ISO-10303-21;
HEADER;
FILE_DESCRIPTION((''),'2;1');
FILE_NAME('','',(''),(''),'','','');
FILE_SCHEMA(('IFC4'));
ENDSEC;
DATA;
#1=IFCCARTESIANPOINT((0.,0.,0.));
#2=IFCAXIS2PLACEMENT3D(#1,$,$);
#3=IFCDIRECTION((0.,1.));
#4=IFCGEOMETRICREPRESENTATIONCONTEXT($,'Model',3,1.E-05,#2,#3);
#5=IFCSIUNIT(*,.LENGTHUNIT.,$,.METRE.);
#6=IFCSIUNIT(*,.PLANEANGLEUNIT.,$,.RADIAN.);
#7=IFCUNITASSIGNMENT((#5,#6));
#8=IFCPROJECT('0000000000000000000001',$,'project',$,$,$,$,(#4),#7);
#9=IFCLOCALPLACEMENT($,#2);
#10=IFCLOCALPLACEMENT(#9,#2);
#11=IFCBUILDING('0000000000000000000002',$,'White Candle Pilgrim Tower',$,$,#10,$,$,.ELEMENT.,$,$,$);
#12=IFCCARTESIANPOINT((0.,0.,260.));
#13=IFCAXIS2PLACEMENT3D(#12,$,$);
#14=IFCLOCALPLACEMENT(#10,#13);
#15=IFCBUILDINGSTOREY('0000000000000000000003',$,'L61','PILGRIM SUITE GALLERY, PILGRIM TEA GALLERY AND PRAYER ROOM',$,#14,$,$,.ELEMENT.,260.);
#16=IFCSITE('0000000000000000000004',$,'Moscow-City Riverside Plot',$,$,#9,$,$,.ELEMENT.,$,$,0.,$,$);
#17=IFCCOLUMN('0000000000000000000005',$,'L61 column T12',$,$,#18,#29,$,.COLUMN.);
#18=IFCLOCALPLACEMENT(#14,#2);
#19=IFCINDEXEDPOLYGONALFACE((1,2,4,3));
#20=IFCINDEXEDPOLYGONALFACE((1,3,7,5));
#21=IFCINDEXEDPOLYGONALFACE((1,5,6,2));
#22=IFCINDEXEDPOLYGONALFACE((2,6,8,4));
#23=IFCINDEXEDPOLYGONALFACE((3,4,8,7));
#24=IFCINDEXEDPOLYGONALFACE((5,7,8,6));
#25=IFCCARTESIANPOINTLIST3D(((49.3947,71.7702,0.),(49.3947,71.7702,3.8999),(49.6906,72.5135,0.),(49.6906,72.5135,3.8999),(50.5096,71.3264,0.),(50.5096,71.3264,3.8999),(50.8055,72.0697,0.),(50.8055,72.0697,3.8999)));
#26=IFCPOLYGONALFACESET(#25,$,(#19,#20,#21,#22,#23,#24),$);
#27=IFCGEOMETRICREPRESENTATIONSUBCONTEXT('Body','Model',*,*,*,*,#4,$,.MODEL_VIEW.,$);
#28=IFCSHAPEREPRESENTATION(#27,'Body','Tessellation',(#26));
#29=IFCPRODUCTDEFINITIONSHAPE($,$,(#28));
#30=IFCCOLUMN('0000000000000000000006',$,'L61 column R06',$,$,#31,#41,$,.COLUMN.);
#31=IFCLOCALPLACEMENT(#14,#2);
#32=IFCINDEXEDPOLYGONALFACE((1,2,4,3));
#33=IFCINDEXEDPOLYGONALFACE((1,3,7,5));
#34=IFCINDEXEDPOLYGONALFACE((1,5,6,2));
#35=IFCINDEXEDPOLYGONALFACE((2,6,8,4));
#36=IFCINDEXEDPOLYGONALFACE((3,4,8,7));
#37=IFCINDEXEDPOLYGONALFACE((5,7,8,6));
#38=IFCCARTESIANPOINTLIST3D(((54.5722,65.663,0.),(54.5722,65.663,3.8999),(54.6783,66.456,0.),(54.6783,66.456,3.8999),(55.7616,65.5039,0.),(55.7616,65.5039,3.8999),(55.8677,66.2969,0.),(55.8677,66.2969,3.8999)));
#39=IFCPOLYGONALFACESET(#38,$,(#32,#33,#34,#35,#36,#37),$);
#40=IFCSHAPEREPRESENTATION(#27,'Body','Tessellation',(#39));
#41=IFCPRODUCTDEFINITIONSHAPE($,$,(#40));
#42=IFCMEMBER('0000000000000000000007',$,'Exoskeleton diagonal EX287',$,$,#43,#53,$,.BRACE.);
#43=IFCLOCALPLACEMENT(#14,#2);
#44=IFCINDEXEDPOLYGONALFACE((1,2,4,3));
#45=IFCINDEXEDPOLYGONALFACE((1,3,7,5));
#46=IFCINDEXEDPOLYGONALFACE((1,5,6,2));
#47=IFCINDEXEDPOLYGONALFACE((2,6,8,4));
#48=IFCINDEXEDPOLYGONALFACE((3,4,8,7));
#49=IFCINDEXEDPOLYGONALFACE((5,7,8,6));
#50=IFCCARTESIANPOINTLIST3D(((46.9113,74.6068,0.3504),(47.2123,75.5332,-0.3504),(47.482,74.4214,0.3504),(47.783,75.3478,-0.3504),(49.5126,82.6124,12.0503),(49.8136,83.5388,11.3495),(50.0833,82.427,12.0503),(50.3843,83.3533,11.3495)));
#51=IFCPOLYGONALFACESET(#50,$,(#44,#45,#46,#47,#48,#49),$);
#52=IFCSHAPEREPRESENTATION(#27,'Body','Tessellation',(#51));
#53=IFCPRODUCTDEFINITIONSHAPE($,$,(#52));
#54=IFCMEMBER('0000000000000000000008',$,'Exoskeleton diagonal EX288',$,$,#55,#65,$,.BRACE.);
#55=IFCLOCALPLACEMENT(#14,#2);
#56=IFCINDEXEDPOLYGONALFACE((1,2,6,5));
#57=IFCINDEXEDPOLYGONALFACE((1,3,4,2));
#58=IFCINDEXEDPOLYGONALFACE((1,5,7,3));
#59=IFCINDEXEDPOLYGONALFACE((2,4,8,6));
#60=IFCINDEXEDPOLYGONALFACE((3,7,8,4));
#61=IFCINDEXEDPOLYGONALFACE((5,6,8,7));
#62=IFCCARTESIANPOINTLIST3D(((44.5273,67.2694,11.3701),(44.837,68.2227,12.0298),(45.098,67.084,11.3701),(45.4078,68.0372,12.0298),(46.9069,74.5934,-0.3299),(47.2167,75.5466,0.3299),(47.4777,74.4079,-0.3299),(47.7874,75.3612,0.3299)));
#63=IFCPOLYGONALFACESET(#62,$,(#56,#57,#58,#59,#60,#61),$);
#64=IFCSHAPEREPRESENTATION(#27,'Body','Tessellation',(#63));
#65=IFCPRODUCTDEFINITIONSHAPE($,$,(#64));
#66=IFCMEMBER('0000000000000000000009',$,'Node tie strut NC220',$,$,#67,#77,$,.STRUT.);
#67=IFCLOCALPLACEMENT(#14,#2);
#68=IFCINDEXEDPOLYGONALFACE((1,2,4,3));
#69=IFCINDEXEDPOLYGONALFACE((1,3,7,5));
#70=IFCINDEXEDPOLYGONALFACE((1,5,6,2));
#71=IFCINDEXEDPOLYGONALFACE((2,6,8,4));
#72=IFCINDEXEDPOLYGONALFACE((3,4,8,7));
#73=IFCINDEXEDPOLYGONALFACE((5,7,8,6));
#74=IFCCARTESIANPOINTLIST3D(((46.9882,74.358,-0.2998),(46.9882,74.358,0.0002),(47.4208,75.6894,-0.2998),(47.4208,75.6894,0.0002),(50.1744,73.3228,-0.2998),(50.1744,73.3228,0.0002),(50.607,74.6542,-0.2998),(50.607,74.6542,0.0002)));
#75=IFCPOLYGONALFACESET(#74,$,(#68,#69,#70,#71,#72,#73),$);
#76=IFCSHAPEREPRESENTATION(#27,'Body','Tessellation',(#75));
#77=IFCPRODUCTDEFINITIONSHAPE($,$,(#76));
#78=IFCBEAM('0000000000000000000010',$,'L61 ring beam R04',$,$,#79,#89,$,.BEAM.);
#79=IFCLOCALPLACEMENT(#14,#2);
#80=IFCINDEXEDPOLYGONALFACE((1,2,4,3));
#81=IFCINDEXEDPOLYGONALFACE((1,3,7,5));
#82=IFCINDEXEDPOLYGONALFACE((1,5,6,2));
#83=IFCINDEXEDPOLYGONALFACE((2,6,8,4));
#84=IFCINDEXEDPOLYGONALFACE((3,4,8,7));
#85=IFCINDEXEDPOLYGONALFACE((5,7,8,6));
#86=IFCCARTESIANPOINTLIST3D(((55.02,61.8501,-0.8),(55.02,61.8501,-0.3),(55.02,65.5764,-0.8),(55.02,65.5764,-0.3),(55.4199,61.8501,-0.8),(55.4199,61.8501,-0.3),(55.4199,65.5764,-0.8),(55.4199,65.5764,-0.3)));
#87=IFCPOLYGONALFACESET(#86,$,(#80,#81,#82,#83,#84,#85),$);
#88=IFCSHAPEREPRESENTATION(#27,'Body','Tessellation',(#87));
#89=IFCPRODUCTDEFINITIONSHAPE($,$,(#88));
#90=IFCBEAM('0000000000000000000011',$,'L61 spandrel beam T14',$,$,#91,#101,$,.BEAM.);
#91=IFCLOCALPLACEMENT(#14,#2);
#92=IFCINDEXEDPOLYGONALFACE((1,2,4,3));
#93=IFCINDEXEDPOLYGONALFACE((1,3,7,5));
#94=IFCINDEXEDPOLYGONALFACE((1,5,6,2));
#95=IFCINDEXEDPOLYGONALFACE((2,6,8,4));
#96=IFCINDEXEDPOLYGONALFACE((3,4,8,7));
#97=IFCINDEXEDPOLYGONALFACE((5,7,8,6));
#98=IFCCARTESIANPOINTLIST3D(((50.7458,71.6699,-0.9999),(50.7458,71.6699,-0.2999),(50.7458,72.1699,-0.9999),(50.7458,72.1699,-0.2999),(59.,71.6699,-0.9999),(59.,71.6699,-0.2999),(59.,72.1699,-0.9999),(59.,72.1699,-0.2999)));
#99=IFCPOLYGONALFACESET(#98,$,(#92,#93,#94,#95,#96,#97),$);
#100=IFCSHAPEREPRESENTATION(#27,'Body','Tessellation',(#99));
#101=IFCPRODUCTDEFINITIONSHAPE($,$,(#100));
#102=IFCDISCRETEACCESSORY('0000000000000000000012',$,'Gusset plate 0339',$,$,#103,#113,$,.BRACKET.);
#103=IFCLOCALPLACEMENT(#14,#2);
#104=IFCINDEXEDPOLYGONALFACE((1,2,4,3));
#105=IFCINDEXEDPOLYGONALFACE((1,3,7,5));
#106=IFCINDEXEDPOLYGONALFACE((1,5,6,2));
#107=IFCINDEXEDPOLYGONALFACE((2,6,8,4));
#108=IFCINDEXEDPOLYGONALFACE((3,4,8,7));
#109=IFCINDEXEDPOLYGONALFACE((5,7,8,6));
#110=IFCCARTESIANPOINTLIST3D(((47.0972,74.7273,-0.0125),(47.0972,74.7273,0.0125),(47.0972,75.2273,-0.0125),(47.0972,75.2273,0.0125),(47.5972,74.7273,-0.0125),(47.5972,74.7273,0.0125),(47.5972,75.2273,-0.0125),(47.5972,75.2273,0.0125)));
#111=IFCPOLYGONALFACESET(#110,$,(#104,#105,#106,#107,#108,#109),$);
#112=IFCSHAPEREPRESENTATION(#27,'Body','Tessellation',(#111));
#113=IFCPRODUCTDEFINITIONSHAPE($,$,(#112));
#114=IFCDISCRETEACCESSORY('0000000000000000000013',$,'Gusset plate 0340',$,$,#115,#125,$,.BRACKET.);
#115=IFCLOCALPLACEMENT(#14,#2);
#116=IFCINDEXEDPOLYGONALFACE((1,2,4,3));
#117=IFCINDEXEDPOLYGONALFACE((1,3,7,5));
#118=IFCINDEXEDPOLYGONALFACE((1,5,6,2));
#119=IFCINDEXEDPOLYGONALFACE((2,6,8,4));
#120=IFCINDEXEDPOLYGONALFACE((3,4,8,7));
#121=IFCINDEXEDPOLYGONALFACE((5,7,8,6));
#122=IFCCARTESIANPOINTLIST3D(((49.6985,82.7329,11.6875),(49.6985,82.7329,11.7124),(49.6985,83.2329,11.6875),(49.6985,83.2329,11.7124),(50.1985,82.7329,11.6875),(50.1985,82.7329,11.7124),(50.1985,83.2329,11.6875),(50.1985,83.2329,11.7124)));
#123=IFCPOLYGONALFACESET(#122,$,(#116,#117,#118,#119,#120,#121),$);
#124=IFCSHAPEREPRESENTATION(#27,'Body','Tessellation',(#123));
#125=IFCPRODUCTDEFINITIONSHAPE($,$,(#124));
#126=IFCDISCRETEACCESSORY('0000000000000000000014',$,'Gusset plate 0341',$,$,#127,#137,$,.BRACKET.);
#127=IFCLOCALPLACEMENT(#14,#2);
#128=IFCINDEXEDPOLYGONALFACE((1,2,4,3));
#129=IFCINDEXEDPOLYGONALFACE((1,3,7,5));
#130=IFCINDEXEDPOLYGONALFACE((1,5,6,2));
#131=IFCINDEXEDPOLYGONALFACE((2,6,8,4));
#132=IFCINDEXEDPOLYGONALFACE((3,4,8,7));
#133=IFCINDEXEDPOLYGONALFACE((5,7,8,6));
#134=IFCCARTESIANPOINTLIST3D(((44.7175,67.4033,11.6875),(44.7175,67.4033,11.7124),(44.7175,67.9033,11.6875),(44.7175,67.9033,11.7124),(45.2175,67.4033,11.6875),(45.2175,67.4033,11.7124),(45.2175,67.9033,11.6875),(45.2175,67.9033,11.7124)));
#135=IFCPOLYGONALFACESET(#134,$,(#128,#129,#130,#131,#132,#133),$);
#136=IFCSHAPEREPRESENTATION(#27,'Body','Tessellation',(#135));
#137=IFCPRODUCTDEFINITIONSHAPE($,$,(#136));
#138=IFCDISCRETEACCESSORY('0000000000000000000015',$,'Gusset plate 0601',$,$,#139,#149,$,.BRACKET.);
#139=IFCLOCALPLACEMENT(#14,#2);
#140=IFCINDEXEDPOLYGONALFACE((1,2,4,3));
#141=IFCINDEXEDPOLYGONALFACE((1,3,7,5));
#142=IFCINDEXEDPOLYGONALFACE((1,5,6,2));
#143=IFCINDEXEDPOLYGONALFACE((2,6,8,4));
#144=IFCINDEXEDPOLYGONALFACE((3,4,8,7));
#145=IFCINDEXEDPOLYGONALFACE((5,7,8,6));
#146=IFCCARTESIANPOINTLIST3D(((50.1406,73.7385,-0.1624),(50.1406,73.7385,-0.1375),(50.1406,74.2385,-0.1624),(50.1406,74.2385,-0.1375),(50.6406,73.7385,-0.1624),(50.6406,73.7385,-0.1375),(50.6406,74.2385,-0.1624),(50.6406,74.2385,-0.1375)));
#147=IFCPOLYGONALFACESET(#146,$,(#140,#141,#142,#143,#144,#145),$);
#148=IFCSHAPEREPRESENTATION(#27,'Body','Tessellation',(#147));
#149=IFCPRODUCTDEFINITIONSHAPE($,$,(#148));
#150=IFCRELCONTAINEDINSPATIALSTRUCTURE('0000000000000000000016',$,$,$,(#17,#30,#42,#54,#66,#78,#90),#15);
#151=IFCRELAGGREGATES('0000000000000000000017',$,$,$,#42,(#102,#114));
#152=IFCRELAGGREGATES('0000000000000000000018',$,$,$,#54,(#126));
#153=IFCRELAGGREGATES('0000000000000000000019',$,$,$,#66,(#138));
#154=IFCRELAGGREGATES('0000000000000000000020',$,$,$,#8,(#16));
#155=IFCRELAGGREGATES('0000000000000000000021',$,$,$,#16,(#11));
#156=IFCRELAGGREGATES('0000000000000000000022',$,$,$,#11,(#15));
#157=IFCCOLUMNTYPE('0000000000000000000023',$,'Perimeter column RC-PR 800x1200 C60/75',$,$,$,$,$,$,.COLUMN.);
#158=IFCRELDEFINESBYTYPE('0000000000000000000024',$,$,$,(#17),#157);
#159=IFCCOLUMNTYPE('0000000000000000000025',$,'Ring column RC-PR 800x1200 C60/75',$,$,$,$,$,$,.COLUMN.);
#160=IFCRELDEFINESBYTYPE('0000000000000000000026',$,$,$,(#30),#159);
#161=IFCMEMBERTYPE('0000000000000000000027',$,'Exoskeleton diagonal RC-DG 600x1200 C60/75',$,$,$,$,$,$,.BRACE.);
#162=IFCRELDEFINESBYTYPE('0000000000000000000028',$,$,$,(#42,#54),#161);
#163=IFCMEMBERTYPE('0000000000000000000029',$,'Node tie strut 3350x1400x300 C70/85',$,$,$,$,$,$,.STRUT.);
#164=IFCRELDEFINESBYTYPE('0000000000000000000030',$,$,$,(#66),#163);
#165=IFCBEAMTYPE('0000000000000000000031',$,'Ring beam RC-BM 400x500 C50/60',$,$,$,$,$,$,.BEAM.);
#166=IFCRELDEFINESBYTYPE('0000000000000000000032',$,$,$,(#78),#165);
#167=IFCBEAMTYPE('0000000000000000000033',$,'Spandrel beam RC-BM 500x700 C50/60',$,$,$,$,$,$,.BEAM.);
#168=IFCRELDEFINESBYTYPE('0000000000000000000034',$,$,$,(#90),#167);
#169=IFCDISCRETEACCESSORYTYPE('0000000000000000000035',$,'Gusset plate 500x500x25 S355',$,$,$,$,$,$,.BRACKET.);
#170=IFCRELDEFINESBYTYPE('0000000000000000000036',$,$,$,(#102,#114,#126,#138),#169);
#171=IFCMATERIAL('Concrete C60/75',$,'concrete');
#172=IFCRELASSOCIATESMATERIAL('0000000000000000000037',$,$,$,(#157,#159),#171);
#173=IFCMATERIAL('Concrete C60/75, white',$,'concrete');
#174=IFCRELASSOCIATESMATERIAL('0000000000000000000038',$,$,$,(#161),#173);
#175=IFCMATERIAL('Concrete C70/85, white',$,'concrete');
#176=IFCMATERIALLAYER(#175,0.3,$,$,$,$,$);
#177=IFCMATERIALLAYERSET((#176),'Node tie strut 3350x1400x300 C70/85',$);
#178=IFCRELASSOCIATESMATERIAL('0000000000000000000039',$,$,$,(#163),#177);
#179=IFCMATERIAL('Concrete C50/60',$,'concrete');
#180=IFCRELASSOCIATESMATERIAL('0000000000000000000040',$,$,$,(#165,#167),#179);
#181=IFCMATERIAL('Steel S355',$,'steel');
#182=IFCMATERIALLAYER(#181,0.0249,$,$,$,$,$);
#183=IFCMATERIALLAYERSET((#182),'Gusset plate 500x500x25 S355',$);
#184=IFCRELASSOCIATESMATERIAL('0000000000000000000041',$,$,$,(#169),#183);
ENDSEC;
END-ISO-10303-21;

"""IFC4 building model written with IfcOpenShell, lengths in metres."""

from ifc_helpers import new_model, si_unit, direction, frame, origin, origin_2d, place, context, subcontext, project, spatial, rectangle, extrude, material, layer, layer_set, material_profile, profile_set, type_object, element, aggregate, save


model = new_model("IFC4")

# Units and contexts
model_context = context("Model", 3, precision=1e-05, world=origin(), true_north=direction((0.0, 1.0)))
body_context = subcontext(model_context, "Body", "Model", "MODEL_VIEW")
ifc_project = project(units=[si_unit("LENGTHUNIT", "METRE"), si_unit("PLANEANGLEUNIT", "RADIAN")], contexts=[model_context])

# Site, building, storey
site_placement = place(None, origin())
site = spatial("IfcSite", under=ifc_project, at=site_placement, Name="Moscow-City Riverside Plot", CompositionType="ELEMENT", RefElevation=0.0)
building_placement = place(site_placement, origin())
building = spatial("IfcBuilding", under=site, at=building_placement, Name="White Candle Pilgrim Tower", CompositionType="ELEMENT")
storey_placement = place(building_placement, frame((0.0, 0.0, 260.0)))
storey = spatial("IfcBuildingStorey", under=building, at=storey_placement, Name="L61", Description="PILGRIM SUITE GALLERY, PILGRIM TEA GALLERY AND PRAYER ROOM", CompositionType="ELEMENT", Elevation=260.0)

# Columns
ifc_material_1 = material(Name="Concrete C60/75", Category="concrete")
ifc_material_profile_1 = material_profile(ifc_material_1, rectangle(XDim=0.8, YDim=1.2, at=origin_2d()), Name="RC-PR 800x1200")
ifc_profile_set_1 = profile_set([ifc_material_profile_1], Name="Concrete C60/75")
column_type_1 = type_object("IfcColumnType", Name="Perimeter column RC-PR 800x1200 C60/75", PredefinedType="COLUMN", material=ifc_profile_set_1)
column_1_placement = place(storey_placement, frame((50.1001, 71.9199, 0.0), z_axis=(0.0, 0.0, 1.0), x_axis=(0.36986, 0.929087, 0.0)))
element("IfcColumn", 1, at=column_1_placement, inside=storey, type_object=column_type_1, Name="L61 column T12", PredefinedType="COLUMN", context=body_context, shape_type="SweptSolid", body=[
    extrude(rectangle(XDim=0.8, YDim=1.2, at=origin_2d()), origin(), (0.0, 0.0, 1.0), 3.8999),
])
ifc_material_profile_2 = material_profile(ifc_material_1, rectangle(XDim=0.8, YDim=1.2, at=origin_2d()), Name="RC-PR 800x1200")
ifc_profile_set_2 = profile_set([ifc_material_profile_2], Name="Concrete C60/75")
column_type_2 = type_object("IfcColumnType", Name="Ring column RC-PR 800x1200 C60/75", PredefinedType="COLUMN", material=ifc_profile_set_2)
column_2_placement = place(storey_placement, frame((55.22, 65.98, 0.0), z_axis=(0.0, 0.0, 1.0), x_axis=(0.132602, 0.991169, 0.0)))
element("IfcColumn", 2, at=column_2_placement, inside=storey, type_object=column_type_2, Name="L61 column R06", PredefinedType="COLUMN", context=body_context, shape_type="SweptSolid", body=[
    extrude(rectangle(XDim=0.8, YDim=1.2, at=origin_2d()), origin(), (0.0, 0.0, 1.0), 3.8999),
])

# Members
ifc_material_2 = material(Name="Concrete C60/75, white", Category="concrete")
ifc_material_profile_3 = material_profile(ifc_material_2, rectangle(XDim=0.6001, YDim=1.2, at=origin_2d()), Name="RC-DG 600x1200")
ifc_profile_set_3 = profile_set([ifc_material_profile_3], Name="Concrete C60/75, white")
member_type_1 = type_object("IfcMemberType", Name="Exoskeleton diagonal RC-DG 600x1200 C60/75", PredefinedType="BRACE", material=ifc_profile_set_3)
member_1_placement = place(storey_placement, frame((47.3472, 74.9773, 0.0), z_axis=(0.180479, 0.555429, 0.811742), x_axis=(-0.951052, 0.309032, 0.0)))
member_1 = element("IfcMember", 3, at=member_1_placement, inside=storey, type_object=member_type_1, Name="Exoskeleton diagonal EX287", PredefinedType="BRACE", context=body_context, shape_type="SweptSolid", body=[
    extrude(rectangle(XDim=0.6001, YDim=1.2, at=origin_2d()), origin(), (0.0, 0.0, 1.0), 14.4133),
])
member_2_placement = place(storey_placement, frame((47.3472, 74.9773, 0.0), z_axis=(-0.169891, -0.522885, 0.835301), x_axis=(0.951059, -0.309009, 0.0)))
member_2 = element("IfcMember", 4, at=member_2_placement, inside=storey, type_object=member_type_1, Name="Exoskeleton diagonal EX288", PredefinedType="BRACE", context=body_context, shape_type="SweptSolid", body=[
    extrude(rectangle(XDim=0.6001, YDim=1.2, at=origin_2d()), origin(), (0.0, 0.0, 1.0), 14.0068),
])
ifc_material_3 = material(Name="Concrete C70/85, white", Category="concrete")
ifc_layer_1 = layer(ifc_material_3, 0.3)
ifc_layer_set_1 = layer_set([ifc_layer_1], Name="Node tie strut 3350x1400x300 C70/85")
member_type_2 = type_object("IfcMemberType", Name="Node tie strut 3350x1400x300 C70/85", PredefinedType="STRUT", material=ifc_layer_set_1)
member_3_placement = place(storey_placement, frame((48.7976, 74.5061, -0.2998), z_axis=(0.0, 0.0, 1.0), x_axis=(-0.309017, -0.951057, 0.0)))
member_3 = element("IfcMember", 5, at=member_3_placement, inside=storey, type_object=member_type_2, Name="Node tie strut NC220", PredefinedType="STRUT", context=body_context, shape_type="SweptSolid", body=[
    extrude(rectangle(XDim=1.3999, YDim=3.3501, at=origin_2d()), origin(), (0.0, 0.0, 1.0), 0.3),
])

# Beams
ifc_material_4 = material(Name="Concrete C50/60", Category="concrete")
ifc_material_profile_4 = material_profile(ifc_material_4, rectangle(XDim=0.3999, YDim=0.5, at=origin_2d()), Name="RC-BM 400x500")
ifc_profile_set_4 = profile_set([ifc_material_profile_4], Name="Concrete C50/60")
beam_type_1 = type_object("IfcBeamType", Name="Ring beam RC-BM 400x500 C50/60", PredefinedType="BEAM", material=ifc_profile_set_4)
beam_1_placement = place(storey_placement, frame((55.22, 65.5764, -0.55), z_axis=(0.0, -1.0, 0.0), x_axis=(1.0, 0.0, 0.0)))
element("IfcBeam", 6, at=beam_1_placement, inside=storey, type_object=beam_type_1, Name="L61 ring beam R04", PredefinedType="BEAM", context=body_context, shape_type="SweptSolid", body=[
    extrude(rectangle(XDim=0.3999, YDim=0.5, at=origin_2d()), origin(), (0.0, 0.0, 1.0), 3.7263),
])
ifc_material_profile_5 = material_profile(ifc_material_4, rectangle(XDim=0.5, YDim=0.7, at=origin_2d()), Name="RC-BM 500x700")
ifc_profile_set_5 = profile_set([ifc_material_profile_5], Name="Concrete C50/60")
beam_type_2 = type_object("IfcBeamType", Name="Spandrel beam RC-BM 500x700 C50/60", PredefinedType="BEAM", material=ifc_profile_set_5)
beam_2_placement = place(storey_placement, frame((50.7458, 71.9199, -0.6499), z_axis=(1.0, 0.0, 0.0), x_axis=(0.0, 1.0, 0.0)))
element("IfcBeam", 7, at=beam_2_placement, inside=storey, type_object=beam_type_2, Name="L61 spandrel beam T14", PredefinedType="BEAM", context=body_context, shape_type="SweptSolid", body=[
    extrude(rectangle(XDim=0.5, YDim=0.7, at=origin_2d()), origin(), (0.0, 0.0, 1.0), 8.2542),
])

# Discrete accessories
ifc_material_5 = material(Name="Steel S355", Category="steel")
ifc_layer_2 = layer(ifc_material_5, 0.0249)
ifc_layer_set_2 = layer_set([ifc_layer_2], Name="Gusset plate 500x500x25 S355")
discrete_accessory_type = type_object("IfcDiscreteAccessoryType", Name="Gusset plate 500x500x25 S355", PredefinedType="BRACKET", material=ifc_layer_set_2)
discrete_accessory_1_placement = place(storey_placement, frame((47.3472, 74.9773, -0.0125), z_axis=(0.0, 0.0, 1.0), x_axis=(1.0, 0.0, 0.0)))
discrete_accessory_1 = element("IfcDiscreteAccessory", 8, at=discrete_accessory_1_placement, type_object=discrete_accessory_type, Name="Gusset plate 0339", PredefinedType="BRACKET", context=body_context, shape_type="SweptSolid", body=[
    extrude(rectangle(XDim=0.5, YDim=0.5, at=origin_2d()), origin(), (0.0, 0.0, 1.0), 0.0249),
])
placement = place(building_placement, frame((0.0, 0.0, 271.7)))
discrete_accessory_2_placement = place(placement, frame((49.9485, 82.9829, -0.0125), z_axis=(0.0, 0.0, 1.0), x_axis=(1.0, 0.0, 0.0)))
discrete_accessory_2 = element("IfcDiscreteAccessory", 9, at=discrete_accessory_2_placement, type_object=discrete_accessory_type, Name="Gusset plate 0340", PredefinedType="BRACKET", context=body_context, shape_type="SweptSolid", body=[
    extrude(rectangle(XDim=0.5, YDim=0.5, at=origin_2d()), origin(), (0.0, 0.0, 1.0), 0.0249),
])
aggregate(member_1, [discrete_accessory_1, discrete_accessory_2])
discrete_accessory_3_placement = place(placement, frame((44.9675, 67.6533, -0.0125), z_axis=(0.0, 0.0, 1.0), x_axis=(1.0, 0.0, 0.0)))
discrete_accessory_3 = element("IfcDiscreteAccessory", 10, at=discrete_accessory_3_placement, type_object=discrete_accessory_type, Name="Gusset plate 0341", PredefinedType="BRACKET", context=body_context, shape_type="SweptSolid", body=[
    extrude(rectangle(XDim=0.5, YDim=0.5, at=origin_2d()), origin(), (0.0, 0.0, 1.0), 0.0249),
])
aggregate(member_2, [discrete_accessory_3])
discrete_accessory_4_placement = place(storey_placement, frame((50.3906, 73.9885, -0.1624), z_axis=(0.0, 0.0, 1.0), x_axis=(1.0, 0.0, 0.0)))
discrete_accessory_4 = element("IfcDiscreteAccessory", 11, at=discrete_accessory_4_placement, type_object=discrete_accessory_type, Name="Gusset plate 0601", PredefinedType="BRACKET", context=body_context, shape_type="SweptSolid", body=[
    extrude(rectangle(XDim=0.5, YDim=0.5, at=origin_2d()), origin(), (0.0, 0.0, 1.0), 0.0249),
])
aggregate(member_3, [discrete_accessory_4])

save(model, "model.ifc")
